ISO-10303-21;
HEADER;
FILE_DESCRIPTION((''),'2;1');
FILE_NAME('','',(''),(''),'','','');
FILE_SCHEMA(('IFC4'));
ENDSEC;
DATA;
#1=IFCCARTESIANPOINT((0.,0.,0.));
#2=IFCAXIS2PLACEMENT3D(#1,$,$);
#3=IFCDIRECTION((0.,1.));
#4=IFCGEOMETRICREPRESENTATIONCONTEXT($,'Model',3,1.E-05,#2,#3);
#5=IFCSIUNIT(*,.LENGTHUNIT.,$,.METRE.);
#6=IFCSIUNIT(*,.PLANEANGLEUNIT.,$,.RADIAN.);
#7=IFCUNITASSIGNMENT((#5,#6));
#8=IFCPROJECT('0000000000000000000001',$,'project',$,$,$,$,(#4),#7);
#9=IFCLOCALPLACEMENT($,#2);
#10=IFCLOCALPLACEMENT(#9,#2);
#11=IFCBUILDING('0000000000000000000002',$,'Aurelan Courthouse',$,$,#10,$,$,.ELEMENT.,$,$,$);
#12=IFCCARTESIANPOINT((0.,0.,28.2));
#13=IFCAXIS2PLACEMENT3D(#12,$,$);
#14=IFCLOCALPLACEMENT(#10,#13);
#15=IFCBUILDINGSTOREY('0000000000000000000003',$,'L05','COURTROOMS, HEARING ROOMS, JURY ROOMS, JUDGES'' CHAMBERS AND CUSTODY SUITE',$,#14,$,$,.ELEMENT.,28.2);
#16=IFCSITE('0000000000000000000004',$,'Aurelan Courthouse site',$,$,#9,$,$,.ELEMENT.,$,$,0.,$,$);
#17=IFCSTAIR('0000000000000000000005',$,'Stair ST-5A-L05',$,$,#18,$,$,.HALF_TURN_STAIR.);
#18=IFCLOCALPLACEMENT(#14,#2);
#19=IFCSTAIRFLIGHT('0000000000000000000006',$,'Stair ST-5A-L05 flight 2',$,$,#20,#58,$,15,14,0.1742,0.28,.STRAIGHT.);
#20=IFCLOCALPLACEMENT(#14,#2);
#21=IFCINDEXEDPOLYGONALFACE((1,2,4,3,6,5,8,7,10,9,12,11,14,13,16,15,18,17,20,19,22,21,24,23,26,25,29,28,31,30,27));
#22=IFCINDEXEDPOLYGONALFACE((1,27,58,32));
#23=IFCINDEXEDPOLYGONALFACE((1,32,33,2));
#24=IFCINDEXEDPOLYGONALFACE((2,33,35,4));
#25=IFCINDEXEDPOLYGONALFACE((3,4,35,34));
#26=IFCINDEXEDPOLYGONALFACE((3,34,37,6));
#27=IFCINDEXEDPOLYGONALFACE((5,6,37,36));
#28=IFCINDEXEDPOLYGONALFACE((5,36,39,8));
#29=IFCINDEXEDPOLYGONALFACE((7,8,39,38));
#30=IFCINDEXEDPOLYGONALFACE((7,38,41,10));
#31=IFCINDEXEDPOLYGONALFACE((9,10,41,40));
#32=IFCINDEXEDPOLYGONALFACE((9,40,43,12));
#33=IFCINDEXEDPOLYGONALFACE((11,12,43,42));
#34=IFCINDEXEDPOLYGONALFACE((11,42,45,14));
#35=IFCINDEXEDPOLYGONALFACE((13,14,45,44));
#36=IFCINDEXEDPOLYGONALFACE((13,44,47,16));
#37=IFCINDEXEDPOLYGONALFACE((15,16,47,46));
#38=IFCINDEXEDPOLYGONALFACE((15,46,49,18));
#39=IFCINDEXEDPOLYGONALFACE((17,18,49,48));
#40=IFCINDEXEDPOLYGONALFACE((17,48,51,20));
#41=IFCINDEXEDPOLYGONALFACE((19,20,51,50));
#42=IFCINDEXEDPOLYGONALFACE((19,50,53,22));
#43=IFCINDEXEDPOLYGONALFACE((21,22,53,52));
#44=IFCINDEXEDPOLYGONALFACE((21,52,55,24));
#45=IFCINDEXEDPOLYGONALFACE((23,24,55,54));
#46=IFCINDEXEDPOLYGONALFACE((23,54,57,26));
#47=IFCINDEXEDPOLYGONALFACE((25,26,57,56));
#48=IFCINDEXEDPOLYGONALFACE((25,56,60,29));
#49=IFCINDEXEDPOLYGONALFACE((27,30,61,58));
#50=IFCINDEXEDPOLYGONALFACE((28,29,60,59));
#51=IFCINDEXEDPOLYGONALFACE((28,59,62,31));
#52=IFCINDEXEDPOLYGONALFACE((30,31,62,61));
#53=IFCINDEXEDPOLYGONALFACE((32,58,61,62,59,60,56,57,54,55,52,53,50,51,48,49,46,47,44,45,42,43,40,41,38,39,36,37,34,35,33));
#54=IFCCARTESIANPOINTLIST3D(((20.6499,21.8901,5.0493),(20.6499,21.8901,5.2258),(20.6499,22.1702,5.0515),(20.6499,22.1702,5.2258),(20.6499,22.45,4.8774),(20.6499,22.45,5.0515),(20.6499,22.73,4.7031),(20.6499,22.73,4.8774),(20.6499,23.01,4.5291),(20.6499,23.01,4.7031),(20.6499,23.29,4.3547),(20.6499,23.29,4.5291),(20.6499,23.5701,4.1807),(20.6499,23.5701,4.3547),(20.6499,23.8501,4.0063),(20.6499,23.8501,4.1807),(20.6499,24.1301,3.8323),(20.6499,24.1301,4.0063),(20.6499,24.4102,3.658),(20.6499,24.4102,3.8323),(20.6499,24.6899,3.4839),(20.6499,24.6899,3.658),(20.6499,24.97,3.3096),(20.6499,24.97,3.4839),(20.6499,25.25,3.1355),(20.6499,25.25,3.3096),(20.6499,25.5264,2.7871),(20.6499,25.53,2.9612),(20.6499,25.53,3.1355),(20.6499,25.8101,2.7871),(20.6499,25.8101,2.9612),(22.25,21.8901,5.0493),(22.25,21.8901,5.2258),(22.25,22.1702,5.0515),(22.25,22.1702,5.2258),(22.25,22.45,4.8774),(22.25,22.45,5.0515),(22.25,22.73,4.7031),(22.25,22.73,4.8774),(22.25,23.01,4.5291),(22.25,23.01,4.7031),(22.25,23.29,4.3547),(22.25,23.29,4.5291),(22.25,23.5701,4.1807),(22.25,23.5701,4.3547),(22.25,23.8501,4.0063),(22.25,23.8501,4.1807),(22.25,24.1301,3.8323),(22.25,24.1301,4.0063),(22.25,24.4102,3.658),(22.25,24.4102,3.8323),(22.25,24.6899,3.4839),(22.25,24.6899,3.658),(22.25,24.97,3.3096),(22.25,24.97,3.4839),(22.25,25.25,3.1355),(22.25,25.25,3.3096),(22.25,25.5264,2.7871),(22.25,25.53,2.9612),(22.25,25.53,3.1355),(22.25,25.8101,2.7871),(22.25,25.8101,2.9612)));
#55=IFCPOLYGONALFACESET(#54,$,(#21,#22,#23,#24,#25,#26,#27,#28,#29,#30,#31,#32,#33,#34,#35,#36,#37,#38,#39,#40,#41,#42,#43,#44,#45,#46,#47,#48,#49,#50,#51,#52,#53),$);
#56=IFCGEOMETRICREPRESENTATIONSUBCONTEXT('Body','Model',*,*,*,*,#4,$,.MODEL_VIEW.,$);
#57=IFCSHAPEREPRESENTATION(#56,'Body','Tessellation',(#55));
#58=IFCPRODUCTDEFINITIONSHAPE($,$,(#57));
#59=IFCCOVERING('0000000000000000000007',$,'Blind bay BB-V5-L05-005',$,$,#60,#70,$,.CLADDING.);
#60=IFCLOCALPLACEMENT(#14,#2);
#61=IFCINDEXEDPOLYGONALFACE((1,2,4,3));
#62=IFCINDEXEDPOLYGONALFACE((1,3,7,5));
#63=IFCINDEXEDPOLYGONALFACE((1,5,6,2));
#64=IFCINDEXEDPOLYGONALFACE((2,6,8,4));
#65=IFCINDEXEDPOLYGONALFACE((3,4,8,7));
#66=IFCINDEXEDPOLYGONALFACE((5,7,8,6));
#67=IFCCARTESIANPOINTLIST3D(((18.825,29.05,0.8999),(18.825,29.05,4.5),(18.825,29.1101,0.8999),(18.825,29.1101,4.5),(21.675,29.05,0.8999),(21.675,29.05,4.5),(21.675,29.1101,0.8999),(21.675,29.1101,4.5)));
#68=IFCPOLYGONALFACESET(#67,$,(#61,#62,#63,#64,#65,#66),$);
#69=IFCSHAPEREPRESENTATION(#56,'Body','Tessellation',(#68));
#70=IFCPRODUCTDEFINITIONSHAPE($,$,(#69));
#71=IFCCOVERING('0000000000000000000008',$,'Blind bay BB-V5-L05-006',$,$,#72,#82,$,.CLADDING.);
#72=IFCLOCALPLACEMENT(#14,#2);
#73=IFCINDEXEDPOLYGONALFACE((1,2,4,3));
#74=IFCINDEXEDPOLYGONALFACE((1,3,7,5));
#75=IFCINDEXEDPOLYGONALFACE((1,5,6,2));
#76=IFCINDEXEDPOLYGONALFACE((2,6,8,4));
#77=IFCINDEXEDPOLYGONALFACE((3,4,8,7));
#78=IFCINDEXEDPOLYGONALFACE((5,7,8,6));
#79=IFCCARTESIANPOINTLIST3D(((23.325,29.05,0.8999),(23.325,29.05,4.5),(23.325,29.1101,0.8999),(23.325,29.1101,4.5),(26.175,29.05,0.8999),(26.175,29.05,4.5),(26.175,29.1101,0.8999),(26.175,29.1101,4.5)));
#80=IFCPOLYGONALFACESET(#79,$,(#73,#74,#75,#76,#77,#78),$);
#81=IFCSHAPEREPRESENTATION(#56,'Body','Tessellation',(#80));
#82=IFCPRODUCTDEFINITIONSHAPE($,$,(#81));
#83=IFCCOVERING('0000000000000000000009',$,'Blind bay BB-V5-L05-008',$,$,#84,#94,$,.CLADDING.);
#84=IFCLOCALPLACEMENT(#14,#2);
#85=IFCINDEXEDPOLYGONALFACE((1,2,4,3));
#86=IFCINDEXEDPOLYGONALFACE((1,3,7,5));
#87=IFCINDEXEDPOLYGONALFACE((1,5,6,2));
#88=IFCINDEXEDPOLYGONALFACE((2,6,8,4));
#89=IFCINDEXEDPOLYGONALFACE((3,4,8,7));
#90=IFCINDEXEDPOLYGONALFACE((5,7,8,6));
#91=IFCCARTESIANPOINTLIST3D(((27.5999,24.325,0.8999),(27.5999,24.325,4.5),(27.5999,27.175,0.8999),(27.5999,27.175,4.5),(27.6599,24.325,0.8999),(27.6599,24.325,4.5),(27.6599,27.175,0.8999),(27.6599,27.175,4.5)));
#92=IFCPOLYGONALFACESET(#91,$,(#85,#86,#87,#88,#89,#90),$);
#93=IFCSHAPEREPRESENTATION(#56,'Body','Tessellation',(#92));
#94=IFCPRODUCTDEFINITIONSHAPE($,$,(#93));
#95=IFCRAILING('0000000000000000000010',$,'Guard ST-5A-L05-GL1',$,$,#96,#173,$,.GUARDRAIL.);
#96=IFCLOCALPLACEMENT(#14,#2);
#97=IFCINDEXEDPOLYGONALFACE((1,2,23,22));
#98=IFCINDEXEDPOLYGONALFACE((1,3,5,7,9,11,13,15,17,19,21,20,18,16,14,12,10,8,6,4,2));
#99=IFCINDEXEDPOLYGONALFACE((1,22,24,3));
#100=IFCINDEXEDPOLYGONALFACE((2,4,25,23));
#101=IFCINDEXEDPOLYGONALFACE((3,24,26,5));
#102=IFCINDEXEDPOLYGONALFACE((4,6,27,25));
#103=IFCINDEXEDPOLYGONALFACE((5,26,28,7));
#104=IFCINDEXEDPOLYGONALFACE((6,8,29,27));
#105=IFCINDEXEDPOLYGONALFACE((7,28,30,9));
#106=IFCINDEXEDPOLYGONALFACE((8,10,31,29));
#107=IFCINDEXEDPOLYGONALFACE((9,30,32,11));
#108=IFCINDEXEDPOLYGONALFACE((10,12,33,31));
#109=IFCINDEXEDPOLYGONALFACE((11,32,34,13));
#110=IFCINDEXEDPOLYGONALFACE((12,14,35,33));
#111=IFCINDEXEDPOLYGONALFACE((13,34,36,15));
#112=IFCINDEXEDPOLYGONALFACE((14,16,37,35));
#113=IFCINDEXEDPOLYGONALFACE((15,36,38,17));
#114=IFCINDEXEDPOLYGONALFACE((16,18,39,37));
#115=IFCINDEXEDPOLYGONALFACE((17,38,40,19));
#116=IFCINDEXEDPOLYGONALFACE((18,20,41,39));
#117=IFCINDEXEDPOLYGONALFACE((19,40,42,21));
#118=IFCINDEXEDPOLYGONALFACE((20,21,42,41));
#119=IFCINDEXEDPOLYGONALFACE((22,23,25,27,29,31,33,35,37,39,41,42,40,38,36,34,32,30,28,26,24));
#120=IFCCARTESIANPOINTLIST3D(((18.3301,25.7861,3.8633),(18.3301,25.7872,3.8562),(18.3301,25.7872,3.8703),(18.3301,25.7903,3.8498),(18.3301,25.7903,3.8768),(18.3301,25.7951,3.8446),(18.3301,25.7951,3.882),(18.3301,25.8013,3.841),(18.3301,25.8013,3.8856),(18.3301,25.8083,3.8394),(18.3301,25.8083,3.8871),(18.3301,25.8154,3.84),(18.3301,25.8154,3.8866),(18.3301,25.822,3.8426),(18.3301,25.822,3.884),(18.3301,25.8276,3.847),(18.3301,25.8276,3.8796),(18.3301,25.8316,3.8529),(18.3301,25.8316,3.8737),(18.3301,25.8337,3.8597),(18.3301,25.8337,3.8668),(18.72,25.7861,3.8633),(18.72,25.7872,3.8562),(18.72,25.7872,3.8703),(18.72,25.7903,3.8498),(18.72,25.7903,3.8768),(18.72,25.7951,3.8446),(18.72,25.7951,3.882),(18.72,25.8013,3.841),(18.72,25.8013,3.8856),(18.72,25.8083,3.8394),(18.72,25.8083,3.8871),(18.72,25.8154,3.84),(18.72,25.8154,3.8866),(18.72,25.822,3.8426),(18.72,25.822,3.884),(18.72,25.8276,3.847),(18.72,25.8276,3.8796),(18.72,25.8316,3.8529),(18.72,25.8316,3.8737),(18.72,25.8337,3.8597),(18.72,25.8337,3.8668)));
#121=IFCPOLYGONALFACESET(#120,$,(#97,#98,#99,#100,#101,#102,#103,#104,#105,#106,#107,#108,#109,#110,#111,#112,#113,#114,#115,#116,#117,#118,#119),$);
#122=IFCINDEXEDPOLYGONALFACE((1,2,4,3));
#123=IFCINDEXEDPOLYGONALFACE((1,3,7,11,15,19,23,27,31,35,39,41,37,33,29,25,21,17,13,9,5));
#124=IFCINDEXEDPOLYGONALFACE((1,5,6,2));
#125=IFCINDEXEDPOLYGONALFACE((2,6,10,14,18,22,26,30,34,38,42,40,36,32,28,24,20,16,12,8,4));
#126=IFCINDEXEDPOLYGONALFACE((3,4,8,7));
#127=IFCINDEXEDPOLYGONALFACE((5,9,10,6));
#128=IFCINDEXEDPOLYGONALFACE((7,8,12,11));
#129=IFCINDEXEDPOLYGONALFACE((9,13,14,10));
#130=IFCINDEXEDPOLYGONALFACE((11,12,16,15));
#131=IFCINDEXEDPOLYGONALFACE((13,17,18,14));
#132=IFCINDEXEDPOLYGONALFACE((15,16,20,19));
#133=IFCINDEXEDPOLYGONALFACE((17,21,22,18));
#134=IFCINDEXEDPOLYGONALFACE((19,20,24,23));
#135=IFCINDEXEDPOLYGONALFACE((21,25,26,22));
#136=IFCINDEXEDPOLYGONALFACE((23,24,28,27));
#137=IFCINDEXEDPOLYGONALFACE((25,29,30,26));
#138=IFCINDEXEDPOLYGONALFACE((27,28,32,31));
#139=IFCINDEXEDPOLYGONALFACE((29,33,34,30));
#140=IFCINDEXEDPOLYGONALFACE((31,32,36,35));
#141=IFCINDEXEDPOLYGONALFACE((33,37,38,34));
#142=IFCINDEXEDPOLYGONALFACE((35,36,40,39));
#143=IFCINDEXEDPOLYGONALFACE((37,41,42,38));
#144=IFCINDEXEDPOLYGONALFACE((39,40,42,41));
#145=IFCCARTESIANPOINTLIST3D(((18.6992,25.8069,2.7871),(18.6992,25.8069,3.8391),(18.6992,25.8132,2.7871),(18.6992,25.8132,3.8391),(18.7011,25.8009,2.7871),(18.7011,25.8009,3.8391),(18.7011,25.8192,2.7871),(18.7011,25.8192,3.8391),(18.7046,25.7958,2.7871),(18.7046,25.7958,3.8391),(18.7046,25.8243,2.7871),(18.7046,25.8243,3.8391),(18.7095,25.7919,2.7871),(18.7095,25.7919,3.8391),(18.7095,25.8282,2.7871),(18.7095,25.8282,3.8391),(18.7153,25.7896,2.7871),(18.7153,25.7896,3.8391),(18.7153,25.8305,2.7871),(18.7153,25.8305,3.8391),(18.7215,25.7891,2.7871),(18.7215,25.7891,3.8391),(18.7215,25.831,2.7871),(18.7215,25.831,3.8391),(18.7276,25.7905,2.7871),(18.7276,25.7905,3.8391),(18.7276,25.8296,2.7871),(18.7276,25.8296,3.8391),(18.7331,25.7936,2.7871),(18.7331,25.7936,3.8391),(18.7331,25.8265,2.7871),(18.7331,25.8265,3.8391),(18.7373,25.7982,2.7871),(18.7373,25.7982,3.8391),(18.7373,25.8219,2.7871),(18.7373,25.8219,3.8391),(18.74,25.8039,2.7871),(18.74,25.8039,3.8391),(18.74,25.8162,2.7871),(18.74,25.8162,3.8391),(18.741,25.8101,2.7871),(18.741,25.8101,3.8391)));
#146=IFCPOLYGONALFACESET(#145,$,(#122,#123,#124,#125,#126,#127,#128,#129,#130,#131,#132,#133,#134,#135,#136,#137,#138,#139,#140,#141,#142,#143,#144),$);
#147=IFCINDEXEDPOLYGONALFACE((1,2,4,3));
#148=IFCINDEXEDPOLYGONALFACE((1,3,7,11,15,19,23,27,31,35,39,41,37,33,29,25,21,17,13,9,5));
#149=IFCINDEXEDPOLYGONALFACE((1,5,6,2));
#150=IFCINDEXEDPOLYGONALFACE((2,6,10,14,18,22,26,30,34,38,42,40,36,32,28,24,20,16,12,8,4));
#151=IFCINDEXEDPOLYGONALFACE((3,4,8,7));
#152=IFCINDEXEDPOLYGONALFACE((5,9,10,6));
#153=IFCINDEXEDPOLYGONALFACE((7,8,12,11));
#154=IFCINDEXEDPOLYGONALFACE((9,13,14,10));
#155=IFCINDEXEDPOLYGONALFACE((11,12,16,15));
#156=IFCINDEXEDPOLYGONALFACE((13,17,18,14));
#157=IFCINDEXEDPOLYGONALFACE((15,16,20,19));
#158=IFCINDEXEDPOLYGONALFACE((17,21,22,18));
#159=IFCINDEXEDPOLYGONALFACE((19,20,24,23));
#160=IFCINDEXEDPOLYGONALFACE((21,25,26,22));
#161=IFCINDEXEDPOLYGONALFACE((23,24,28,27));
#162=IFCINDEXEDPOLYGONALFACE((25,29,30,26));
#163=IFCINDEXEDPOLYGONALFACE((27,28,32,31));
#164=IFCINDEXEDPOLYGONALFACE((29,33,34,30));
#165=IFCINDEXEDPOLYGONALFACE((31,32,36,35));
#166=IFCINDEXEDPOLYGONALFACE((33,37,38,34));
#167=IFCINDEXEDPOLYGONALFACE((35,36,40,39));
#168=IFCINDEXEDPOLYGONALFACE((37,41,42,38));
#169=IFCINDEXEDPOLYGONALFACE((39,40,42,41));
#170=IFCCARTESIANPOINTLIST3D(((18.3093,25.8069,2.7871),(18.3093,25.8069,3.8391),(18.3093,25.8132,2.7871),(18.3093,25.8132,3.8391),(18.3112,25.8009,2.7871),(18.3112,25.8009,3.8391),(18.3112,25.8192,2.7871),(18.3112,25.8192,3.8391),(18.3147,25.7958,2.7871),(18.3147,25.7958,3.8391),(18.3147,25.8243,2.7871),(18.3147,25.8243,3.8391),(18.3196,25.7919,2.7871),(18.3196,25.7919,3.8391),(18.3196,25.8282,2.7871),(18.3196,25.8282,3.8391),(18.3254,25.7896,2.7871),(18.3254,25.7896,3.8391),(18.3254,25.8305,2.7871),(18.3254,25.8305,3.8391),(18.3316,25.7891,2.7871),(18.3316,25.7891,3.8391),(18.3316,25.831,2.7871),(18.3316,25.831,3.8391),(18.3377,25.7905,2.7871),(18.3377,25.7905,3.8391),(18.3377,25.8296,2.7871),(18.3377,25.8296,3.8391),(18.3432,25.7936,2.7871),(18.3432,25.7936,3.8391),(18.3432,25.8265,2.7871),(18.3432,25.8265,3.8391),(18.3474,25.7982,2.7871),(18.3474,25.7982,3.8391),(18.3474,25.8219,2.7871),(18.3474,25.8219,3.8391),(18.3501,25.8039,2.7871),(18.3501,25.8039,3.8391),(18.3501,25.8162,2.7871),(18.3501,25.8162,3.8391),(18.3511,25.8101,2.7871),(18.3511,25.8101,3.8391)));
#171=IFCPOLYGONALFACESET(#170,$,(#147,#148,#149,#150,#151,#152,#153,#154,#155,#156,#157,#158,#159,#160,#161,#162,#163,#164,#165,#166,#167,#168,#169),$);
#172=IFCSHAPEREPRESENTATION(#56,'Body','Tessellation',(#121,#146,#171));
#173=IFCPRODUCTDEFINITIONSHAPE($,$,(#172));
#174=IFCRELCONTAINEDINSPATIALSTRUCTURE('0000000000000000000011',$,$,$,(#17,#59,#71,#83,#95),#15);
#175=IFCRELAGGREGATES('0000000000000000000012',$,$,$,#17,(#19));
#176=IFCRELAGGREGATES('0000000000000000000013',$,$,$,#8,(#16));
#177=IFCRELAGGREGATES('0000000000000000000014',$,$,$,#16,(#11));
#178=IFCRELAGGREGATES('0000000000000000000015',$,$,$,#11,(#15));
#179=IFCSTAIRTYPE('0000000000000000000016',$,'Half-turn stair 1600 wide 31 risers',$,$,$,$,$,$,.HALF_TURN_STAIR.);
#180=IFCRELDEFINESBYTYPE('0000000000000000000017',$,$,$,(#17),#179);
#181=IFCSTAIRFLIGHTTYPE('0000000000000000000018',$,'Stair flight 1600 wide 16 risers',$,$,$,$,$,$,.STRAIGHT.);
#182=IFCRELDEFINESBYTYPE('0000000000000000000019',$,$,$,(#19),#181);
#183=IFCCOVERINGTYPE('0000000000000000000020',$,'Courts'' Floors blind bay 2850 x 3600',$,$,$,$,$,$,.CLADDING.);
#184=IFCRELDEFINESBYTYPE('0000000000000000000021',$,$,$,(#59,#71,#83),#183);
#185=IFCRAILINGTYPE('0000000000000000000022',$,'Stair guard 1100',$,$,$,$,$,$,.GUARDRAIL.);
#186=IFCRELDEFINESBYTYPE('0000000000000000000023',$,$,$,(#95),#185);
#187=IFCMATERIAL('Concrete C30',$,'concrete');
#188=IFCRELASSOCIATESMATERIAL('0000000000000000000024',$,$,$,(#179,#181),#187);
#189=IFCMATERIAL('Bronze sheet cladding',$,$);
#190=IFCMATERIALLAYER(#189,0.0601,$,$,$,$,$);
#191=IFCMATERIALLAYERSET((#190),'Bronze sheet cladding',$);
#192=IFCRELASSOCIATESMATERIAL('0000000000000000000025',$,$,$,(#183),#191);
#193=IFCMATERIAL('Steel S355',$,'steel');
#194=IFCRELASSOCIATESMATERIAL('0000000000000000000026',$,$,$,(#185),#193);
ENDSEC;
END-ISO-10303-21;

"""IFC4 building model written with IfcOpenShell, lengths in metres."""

from ifc_helpers import new_model, si_unit, direction, frame, origin, origin_2d, place, context, subcontext, project, spatial, polyline, rectangle, circle, outline, extrude, material, layer, layer_set, type_object, element, aggregate, save


model = new_model("IFC4")

# Units and contexts
model_context = context("Model", 3, precision=1e-05, world=origin(), true_north=direction((0.0, 1.0)))
body_context = subcontext(model_context, "Body", "Model", "MODEL_VIEW")
ifc_project = project(units=[si_unit("LENGTHUNIT", "METRE"), si_unit("PLANEANGLEUNIT", "RADIAN")], contexts=[model_context])

# Site, building, storey
site_placement = place(None, origin())
site = spatial("IfcSite", under=ifc_project, at=site_placement, Name="Aurelan Courthouse site", CompositionType="ELEMENT", RefElevation=0.0)
building_placement = place(site_placement, origin())
building = spatial("IfcBuilding", under=site, at=building_placement, Name="Aurelan Courthouse", CompositionType="ELEMENT")
storey_placement = place(building_placement, frame((0.0, 0.0, 28.2)))
storey = spatial("IfcBuildingStorey", under=building, at=storey_placement, Name="L05", Description="COURTROOMS, HEARING ROOMS, JURY ROOMS, JUDGES' CHAMBERS AND CUSTODY SUITE", CompositionType="ELEMENT", Elevation=28.2)

# Stair, stair flight
ifc_material_1 = material(Name="Concrete C30", Category="concrete")
stair_type = type_object("IfcStairType", Name="Half-turn stair 1600 wide 31 risers", PredefinedType="HALF_TURN_STAIR", material=ifc_material_1)
stair_placement = place(storey_placement, origin())
stair = element("IfcStair", 1, at=stair_placement, inside=storey, type_object=stair_type, Name="Stair ST-5A-L05", PredefinedType="HALF_TURN_STAIR")
stair_flight_type = type_object("IfcStairFlightType", Name="Stair flight 1600 wide 16 risers", PredefinedType="STRAIGHT", material=ifc_material_1)
stair_flight_placement = place(storey_placement, frame((21.45, 25.8101, 2.7871), z_axis=(0.0, 0.0, 1.0), x_axis=(0.0, -1.0, 0.0)))
stair_flight = element("IfcStairFlight", 2, at=stair_flight_placement, type_object=stair_flight_type, Name="Stair ST-5A-L05 flight 2", NumberOfRisers=15, NumberOfTreads=14, PredefinedType="STRAIGHT", RiserHeight=0.1742, TreadLength=0.28, context=body_context, shape_type="SweptSolid", body=[
    extrude(outline(polyline([(0.0, 0.0), (0.0, 0.1741), (0.28, 0.1741), (0.28, 0.3484), (0.5601, 0.3484), (0.5601, 0.5225), (0.8401, 0.5225), (0.8401, 0.6968), (1.1201, 0.6968), (1.1201, 0.8708), (1.3999, 0.8708), (1.3999, 1.0452), (1.6799, 1.0452), (1.6799, 1.2192), (1.96, 1.2192), (1.96, 1.3936), (2.24, 1.3936), (2.24, 1.5676), (2.52, 1.5676), (2.52, 1.7419), (2.8, 1.7419), (2.8, 1.916), (3.0801, 1.916), (3.0801, 2.0903), (3.3601, 2.0903), (3.3601, 2.2644), (3.6399, 2.2644), (3.6399, 2.4387), (3.9199, 2.4387), (3.9199, 2.6128), (3.9199, 2.2622), (0.2837, 0.0), (0.0, 0.0)])), frame((0.0, 0.8, 0.0), z_axis=(0.0, -1.0, 0.0), x_axis=(1.0, 0.0, 0.0)), (0.0, 0.0, 1.0), 1.6001),
])
aggregate(stair, [stair_flight])

# Coverings
ifc_material_2 = material(Name="Bronze sheet cladding")
ifc_layer_1 = layer(ifc_material_2, 0.0601)
ifc_layer_set_1 = layer_set([ifc_layer_1], Name="Bronze sheet cladding")
covering_type = type_object("IfcCoveringType", Name="Courts' Floors blind bay 2850 x 3600", PredefinedType="CLADDING", material=ifc_layer_set_1)
for number, where, z_axis, x_axis, name in (
    (3, (20.25, 29.0801, 0.8999), (0.0, 0.0, 1.0), (1.0, 0.0, 0.0), "Blind bay BB-V5-L05-005"),
    (4, (24.75, 29.0801, 0.8999), (0.0, 0.0, 1.0), (1.0, 0.0, 0.0), "Blind bay BB-V5-L05-006"),
):
    element("IfcCovering", number, at=place(storey_placement, frame(where, z_axis=z_axis, x_axis=x_axis)), inside=storey, type_object=covering_type, Name=name, PredefinedType="CLADDING", context=body_context, shape_type="SweptSolid", body=[
        extrude(rectangle(XDim=2.8501, YDim=0.0601, at=origin_2d()), origin(), (0.0, 0.0, 1.0), 3.6001),
    ])
covering_placement = place(storey_placement, frame((27.6299, 25.75, 0.8999), z_axis=(0.0, 0.0, 1.0), x_axis=(1.0, 0.0, 0.0)))
element("IfcCovering", 5, at=covering_placement, inside=storey, type_object=covering_type, Name="Blind bay BB-V5-L05-008", PredefinedType="CLADDING", context=body_context, shape_type="SweptSolid", body=[
    extrude(rectangle(XDim=0.0601, YDim=2.8501, at=origin_2d()), origin(), (0.0, 0.0, 1.0), 3.6001),
])

# Railing
ifc_material_3 = material(Name="Steel S355", Category="steel")
railing_type_1 = type_object("IfcRailingType", Name="Stair guard 1100", PredefinedType="GUARDRAIL", material=ifc_material_3)
railing_placement = place(storey_placement, frame((18.72, 25.8101, 2.7871)))
element("IfcRailing", 6, at=railing_placement, inside=storey, type_object=railing_type_1, Name="Guard ST-5A-L05-GL1", PredefinedType="GUARDRAIL", context=body_context, shape_type="SweptSolid", body=[
    extrude(circle(Radius=0.0239, at=origin_2d()), frame((0.0, 0.0, 1.0762), z_axis=(-1.0, 0.0, 0.0), x_axis=(0.0, -1.0, 0.0)), (0.0, 0.0, 1.0), 0.3899),
    extrude(circle(Radius=0.021, at=origin_2d()), origin(), (0.0, 0.0, 1.0), 1.052),
    extrude(circle(Radius=0.021, at=origin_2d()), frame((-0.3899, 0.0, 0.0)), (0.0, 0.0, 1.0), 1.052),
])

save(model, "model.ifc")
